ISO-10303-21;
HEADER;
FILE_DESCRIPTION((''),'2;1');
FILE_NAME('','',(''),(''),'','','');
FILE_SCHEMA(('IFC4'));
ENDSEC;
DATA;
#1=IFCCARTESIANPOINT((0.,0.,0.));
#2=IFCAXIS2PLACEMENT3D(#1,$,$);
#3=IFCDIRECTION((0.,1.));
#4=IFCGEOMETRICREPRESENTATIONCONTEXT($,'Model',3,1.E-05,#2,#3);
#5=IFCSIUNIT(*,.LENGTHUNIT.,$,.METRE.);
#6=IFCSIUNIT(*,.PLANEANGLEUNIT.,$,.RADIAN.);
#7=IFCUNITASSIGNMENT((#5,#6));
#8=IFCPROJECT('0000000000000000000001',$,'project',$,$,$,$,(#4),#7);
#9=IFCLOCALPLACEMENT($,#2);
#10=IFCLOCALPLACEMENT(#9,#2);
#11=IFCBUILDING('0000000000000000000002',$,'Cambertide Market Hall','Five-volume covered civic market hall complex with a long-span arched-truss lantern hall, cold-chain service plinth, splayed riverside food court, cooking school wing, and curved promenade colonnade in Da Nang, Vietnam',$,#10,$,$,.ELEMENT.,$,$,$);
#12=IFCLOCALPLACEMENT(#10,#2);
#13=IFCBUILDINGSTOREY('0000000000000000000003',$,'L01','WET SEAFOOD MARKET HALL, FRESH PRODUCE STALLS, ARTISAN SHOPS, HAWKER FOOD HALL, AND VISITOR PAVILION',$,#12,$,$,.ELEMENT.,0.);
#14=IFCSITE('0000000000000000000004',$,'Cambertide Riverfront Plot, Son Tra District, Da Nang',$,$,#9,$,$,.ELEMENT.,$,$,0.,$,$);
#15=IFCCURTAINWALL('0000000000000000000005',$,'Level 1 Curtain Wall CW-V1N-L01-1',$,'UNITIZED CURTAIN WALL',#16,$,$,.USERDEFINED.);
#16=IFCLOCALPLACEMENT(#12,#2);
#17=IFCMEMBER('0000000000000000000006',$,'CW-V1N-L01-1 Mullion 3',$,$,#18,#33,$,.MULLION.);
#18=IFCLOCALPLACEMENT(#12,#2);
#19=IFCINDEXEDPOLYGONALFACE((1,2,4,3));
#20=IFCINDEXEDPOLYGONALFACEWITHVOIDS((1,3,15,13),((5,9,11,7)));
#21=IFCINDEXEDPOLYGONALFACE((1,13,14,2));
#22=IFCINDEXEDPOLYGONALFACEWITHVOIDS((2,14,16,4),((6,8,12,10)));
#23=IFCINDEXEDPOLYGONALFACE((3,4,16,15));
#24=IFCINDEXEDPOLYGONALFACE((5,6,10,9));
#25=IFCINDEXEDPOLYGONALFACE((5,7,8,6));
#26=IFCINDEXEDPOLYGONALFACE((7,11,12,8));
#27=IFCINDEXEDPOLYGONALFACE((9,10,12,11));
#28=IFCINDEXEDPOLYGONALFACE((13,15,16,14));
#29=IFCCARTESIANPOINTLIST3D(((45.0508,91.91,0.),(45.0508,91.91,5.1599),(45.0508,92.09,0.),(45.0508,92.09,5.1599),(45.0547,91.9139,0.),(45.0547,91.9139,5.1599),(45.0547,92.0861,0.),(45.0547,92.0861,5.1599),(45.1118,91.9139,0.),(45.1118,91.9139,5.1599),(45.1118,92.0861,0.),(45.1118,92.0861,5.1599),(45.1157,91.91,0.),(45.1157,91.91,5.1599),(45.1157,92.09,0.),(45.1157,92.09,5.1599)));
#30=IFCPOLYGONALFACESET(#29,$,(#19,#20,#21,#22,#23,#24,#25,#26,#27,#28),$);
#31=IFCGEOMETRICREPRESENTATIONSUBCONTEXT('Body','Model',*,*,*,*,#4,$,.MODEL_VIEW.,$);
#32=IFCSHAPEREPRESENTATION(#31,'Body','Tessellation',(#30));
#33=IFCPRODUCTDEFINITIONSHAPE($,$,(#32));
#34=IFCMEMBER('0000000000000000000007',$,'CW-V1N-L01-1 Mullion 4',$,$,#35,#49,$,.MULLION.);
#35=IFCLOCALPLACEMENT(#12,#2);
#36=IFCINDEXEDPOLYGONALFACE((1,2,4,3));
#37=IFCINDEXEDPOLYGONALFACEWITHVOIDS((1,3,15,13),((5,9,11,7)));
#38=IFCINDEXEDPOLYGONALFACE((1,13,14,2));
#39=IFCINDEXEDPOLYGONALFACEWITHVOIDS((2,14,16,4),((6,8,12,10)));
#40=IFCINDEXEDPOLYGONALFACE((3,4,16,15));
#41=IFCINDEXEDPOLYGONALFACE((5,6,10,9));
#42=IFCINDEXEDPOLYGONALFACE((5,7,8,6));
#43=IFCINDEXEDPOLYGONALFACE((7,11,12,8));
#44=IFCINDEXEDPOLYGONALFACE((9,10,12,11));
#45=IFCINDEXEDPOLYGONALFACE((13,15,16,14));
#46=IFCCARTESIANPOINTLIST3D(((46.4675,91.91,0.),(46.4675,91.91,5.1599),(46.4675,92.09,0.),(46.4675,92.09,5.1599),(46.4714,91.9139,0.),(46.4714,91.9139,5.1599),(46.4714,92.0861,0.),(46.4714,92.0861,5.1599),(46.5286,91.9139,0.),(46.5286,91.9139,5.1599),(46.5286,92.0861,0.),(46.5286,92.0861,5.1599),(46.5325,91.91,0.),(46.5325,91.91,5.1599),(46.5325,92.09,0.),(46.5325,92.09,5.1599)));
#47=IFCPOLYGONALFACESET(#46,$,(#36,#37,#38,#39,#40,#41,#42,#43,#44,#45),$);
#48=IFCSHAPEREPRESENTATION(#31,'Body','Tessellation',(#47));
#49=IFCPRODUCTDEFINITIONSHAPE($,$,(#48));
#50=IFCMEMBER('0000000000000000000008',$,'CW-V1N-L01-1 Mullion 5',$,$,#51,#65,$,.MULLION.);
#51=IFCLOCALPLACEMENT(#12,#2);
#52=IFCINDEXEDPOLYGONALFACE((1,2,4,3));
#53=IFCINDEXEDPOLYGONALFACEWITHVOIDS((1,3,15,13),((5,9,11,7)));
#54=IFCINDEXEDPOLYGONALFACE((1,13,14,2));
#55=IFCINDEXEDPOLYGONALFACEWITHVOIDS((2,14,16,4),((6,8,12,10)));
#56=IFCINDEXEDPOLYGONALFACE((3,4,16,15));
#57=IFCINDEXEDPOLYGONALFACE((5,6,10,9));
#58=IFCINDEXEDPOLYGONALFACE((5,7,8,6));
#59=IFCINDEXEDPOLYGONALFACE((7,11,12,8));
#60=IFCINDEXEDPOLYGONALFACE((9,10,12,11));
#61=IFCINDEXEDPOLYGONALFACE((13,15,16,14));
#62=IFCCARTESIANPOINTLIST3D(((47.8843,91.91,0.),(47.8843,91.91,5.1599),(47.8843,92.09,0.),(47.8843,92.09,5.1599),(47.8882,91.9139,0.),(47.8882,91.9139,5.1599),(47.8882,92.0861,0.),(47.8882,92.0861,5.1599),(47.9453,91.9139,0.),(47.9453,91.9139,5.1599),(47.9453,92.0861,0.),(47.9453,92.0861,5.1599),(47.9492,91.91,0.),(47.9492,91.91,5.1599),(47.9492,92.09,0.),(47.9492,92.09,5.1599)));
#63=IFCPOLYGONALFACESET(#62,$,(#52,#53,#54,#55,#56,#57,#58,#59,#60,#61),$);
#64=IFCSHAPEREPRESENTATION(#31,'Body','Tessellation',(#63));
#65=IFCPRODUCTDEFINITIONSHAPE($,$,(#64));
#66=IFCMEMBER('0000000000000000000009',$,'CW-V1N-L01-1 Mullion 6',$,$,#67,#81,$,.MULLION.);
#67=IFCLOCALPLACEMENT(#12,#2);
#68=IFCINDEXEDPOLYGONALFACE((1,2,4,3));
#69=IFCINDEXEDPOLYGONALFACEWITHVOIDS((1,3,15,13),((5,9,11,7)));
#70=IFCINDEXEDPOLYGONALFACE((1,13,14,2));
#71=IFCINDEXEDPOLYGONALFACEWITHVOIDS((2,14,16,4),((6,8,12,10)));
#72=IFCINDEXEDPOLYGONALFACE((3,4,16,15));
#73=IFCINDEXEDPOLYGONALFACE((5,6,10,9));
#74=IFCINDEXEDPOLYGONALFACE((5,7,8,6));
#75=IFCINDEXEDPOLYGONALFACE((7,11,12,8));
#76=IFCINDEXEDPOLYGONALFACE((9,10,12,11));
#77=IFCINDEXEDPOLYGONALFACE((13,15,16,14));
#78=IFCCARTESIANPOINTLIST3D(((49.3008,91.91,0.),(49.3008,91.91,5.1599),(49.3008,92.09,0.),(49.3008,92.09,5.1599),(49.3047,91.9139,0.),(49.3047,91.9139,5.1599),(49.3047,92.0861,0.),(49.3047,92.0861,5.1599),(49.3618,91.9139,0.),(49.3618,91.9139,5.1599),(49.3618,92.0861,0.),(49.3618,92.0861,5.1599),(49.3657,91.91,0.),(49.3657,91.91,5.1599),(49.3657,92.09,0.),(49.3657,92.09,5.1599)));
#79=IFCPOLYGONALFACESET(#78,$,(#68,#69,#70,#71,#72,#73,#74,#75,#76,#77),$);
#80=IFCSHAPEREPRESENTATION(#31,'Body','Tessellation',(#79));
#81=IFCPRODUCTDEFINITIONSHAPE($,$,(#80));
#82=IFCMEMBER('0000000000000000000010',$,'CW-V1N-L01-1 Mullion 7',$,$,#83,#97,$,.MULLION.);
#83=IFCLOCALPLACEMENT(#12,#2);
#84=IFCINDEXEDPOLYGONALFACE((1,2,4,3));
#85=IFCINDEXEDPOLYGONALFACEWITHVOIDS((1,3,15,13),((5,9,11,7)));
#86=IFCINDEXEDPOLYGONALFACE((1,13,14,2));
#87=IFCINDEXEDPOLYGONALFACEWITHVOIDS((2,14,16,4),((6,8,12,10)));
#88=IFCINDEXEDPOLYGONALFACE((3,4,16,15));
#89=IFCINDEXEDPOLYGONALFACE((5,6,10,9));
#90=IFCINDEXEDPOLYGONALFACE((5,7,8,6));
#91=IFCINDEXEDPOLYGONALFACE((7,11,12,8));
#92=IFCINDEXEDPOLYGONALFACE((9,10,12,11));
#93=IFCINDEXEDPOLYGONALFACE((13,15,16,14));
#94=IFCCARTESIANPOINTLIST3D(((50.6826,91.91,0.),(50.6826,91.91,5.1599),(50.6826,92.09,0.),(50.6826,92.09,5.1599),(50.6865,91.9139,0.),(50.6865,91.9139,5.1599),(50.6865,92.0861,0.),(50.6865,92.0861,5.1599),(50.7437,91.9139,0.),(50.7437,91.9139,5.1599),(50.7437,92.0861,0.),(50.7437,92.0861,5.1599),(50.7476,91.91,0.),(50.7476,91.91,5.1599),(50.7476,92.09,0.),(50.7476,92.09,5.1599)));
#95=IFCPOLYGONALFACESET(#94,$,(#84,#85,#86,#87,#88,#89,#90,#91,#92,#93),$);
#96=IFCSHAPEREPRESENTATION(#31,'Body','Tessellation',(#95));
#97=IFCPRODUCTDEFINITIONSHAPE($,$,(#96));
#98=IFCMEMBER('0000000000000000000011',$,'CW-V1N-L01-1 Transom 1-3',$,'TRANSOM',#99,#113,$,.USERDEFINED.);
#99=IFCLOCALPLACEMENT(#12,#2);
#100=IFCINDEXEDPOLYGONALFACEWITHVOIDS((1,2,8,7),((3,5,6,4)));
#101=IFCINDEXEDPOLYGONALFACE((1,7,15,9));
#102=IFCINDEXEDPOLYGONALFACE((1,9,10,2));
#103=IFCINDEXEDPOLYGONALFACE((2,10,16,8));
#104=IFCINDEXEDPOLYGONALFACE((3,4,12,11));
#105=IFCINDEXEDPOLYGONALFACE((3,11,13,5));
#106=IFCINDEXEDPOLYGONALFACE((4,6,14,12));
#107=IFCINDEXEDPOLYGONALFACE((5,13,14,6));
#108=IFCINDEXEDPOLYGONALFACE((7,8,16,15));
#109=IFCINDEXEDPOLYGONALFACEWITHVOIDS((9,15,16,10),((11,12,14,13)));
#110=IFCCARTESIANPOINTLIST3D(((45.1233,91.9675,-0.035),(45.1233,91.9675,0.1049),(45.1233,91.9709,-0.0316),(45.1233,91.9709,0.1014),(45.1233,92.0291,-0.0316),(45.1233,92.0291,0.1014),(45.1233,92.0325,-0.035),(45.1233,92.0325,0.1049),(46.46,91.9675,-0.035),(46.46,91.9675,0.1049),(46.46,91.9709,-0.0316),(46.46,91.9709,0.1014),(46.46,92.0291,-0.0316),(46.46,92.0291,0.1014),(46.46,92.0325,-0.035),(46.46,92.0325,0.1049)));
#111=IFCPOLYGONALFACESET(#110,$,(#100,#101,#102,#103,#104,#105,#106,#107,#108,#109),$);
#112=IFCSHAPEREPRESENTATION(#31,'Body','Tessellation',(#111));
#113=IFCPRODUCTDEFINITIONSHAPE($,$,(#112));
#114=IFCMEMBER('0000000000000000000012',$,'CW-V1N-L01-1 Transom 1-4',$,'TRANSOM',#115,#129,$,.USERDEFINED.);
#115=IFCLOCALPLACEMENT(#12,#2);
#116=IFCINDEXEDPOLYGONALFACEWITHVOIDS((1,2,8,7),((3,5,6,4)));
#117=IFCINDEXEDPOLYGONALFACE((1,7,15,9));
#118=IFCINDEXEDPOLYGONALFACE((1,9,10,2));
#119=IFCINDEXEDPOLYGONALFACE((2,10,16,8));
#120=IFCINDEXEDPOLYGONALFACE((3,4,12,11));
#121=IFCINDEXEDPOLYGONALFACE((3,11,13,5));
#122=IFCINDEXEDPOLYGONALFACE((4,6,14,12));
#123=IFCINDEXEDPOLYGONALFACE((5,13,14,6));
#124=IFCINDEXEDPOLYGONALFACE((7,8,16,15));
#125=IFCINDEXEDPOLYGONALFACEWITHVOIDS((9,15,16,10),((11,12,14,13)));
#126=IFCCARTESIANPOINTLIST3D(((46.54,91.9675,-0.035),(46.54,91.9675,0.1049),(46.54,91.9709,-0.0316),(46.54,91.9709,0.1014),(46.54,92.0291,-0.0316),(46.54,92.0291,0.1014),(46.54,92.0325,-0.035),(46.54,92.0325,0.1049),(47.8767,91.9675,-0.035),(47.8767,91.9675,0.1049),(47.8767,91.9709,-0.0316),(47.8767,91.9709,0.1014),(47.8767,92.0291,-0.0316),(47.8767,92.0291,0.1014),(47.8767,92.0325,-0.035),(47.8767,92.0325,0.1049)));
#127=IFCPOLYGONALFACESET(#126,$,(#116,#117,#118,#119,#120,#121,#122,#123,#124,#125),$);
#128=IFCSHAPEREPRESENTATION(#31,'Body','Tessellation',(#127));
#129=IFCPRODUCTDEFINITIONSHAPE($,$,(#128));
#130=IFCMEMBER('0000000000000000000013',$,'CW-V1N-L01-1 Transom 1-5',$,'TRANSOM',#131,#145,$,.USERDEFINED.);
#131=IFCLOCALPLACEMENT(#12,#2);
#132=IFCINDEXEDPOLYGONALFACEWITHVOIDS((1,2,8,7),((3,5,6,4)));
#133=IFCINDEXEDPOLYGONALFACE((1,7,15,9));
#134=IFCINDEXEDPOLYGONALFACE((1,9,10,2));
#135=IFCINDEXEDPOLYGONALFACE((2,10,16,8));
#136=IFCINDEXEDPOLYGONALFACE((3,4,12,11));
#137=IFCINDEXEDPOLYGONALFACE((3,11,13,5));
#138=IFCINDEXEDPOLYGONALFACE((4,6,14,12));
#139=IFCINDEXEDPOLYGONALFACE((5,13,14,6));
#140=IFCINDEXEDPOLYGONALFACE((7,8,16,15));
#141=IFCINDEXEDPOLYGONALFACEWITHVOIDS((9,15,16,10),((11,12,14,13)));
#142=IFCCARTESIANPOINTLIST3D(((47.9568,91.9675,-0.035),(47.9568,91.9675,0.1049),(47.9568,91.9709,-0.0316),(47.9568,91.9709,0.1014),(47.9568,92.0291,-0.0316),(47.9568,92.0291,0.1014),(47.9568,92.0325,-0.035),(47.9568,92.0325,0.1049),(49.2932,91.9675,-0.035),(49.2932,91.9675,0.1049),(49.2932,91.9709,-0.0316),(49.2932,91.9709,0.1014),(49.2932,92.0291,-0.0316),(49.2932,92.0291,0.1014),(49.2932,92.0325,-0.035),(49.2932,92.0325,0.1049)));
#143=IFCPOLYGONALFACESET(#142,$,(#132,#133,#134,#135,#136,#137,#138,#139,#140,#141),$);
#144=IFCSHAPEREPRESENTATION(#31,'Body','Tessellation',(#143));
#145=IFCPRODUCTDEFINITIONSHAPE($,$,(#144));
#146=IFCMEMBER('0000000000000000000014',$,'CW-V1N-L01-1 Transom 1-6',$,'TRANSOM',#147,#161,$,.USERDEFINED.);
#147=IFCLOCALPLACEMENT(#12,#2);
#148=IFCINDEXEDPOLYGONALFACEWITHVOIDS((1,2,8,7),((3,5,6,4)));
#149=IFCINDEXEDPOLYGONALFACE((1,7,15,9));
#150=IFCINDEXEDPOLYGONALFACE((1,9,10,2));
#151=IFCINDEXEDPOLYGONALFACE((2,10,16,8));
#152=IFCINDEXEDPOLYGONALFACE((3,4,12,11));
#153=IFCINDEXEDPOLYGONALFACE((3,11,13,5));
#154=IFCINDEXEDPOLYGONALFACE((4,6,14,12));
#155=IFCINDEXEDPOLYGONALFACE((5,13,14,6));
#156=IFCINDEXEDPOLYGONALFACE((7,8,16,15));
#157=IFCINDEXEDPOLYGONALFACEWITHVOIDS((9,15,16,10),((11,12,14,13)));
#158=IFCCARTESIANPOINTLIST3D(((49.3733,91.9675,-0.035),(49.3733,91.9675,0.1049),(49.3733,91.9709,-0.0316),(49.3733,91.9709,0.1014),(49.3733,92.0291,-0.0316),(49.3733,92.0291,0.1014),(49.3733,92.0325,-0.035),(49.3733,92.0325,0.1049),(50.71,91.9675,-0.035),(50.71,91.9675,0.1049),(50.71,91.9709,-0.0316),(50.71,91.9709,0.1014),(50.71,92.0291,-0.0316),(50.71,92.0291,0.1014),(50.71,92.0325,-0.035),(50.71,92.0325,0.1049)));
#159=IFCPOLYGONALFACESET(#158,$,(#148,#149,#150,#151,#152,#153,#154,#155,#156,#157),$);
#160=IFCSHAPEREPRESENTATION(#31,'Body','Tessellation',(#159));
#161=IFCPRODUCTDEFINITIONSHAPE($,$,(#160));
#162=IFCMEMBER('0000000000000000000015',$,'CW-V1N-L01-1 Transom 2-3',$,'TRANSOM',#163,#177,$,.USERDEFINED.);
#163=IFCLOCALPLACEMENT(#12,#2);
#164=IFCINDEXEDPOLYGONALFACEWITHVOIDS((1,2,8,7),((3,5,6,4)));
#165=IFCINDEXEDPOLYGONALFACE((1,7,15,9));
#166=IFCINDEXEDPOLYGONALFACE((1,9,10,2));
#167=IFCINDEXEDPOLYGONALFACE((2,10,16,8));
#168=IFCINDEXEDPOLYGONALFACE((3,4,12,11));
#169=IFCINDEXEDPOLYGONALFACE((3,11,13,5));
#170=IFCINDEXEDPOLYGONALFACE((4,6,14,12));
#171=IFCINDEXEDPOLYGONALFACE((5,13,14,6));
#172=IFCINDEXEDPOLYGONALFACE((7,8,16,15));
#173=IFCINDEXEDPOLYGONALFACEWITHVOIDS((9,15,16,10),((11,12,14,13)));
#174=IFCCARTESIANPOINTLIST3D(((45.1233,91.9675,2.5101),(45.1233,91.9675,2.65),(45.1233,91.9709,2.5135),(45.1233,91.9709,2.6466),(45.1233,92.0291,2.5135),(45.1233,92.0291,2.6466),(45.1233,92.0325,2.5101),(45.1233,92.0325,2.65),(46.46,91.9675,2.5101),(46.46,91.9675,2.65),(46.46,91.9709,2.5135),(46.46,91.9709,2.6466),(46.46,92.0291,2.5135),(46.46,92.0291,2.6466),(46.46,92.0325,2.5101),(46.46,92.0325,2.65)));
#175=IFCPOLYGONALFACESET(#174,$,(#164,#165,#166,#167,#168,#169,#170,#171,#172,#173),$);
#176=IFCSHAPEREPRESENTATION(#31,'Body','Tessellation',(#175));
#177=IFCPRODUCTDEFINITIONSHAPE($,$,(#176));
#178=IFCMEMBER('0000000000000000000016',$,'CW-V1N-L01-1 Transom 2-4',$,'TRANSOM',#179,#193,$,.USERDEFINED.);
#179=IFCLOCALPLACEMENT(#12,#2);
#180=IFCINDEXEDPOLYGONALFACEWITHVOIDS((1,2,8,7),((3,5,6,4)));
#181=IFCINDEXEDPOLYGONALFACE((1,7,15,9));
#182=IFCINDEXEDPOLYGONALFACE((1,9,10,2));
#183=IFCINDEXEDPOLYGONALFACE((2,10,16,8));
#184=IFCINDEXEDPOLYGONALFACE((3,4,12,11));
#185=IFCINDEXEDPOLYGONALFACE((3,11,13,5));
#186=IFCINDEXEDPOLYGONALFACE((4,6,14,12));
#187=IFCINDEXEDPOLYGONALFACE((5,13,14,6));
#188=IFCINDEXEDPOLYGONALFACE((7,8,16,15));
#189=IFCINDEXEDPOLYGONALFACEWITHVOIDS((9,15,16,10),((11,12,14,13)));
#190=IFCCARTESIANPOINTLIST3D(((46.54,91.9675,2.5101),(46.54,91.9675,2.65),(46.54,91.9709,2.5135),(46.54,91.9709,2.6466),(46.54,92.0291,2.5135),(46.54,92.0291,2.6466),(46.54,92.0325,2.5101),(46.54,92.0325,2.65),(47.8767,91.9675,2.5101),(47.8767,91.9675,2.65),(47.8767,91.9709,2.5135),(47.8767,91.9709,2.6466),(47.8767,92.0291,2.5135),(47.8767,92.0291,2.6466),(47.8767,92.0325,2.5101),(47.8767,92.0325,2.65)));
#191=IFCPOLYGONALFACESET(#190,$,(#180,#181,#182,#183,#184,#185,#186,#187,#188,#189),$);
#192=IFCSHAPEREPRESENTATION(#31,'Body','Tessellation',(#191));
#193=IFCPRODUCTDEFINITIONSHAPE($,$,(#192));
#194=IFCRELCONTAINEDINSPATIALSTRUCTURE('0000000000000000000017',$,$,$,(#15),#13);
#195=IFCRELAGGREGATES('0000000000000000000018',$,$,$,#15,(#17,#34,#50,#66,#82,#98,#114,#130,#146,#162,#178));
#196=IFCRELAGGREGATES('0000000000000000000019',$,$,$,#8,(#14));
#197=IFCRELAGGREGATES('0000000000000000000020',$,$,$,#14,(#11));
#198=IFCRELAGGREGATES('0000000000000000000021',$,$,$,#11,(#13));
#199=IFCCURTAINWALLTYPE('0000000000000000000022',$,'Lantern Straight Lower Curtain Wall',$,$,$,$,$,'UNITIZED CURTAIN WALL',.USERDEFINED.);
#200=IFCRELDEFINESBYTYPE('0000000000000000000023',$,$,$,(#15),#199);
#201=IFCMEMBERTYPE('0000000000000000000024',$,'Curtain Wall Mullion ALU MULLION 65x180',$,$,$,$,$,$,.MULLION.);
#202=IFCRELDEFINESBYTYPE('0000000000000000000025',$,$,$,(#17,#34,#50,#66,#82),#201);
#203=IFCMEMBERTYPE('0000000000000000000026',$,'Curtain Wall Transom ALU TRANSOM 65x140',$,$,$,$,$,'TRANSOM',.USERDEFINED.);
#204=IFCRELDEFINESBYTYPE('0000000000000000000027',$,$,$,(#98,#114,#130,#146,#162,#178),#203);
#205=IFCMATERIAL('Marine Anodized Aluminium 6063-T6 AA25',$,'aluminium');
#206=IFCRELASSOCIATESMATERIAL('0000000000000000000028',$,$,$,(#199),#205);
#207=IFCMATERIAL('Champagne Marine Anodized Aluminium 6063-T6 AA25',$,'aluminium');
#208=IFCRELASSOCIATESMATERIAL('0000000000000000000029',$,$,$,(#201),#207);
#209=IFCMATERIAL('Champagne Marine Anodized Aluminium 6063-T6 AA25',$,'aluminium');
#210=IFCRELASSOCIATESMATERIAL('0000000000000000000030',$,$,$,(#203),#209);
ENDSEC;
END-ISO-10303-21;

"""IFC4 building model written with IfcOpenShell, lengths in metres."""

from ifc_helpers import new_model, si_unit, direction, frame, origin, origin_2d, place, context, subcontext, project, spatial, hollow_rectangle, extrude, material, material_profile, profile_set, type_object, element, aggregate, save


model = new_model("IFC4")

# Units and contexts
model_context = context("Model", 3, precision=1e-05, world=origin(), true_north=direction((0.0, 1.0)))
body_context = subcontext(model_context, "Body", "Model", "MODEL_VIEW")
ifc_project = project(units=[si_unit("LENGTHUNIT", "METRE"), si_unit("PLANEANGLEUNIT", "RADIAN")], contexts=[model_context])

# Site, building, storey
site_placement = place(None, origin())
site = spatial("IfcSite", under=ifc_project, at=site_placement, Name="Cambertide Riverfront Plot, Son Tra District, Da Nang", CompositionType="ELEMENT", RefElevation=0.0)
building_placement = place(site_placement, origin())
building = spatial("IfcBuilding", under=site, at=building_placement, Name="Cambertide Market Hall", Description="Five-volume covered civic market hall complex with a long-span arched-truss lantern hall, cold-chain service plinth, splayed riverside food court, cooking school wing, and curved promenade colonnade in Da Nang, Vietnam", CompositionType="ELEMENT")
storey_placement = place(building_placement, origin())
storey = spatial("IfcBuildingStorey", under=building, at=storey_placement, Name="L01", Description="WET SEAFOOD MARKET HALL, FRESH PRODUCE STALLS, ARTISAN SHOPS, HAWKER FOOD HALL, AND VISITOR PAVILION", CompositionType="ELEMENT", Elevation=0.0)

# Curtain wall, members
ifc_material_1 = material(Name="Marine Anodized Aluminium 6063-T6 AA25", Category="aluminium")
curtain_wall_type = type_object("IfcCurtainWallType", Name="Lantern Straight Lower Curtain Wall", ElementType="UNITIZED CURTAIN WALL", PredefinedType="USERDEFINED", material=ifc_material_1)
curtain_wall_placement = place(storey_placement, origin())
curtain_wall = element("IfcCurtainWall", 1, at=curtain_wall_placement, inside=storey, type_object=curtain_wall_type, Name="Level 1 Curtain Wall CW-V1N-L01-1", ObjectType="UNITIZED CURTAIN WALL", PredefinedType="USERDEFINED")
ifc_material_2 = material(Name="Champagne Marine Anodized Aluminium 6063-T6 AA25", Category="aluminium")
ifc_material_profile_1 = material_profile(ifc_material_2, hollow_rectangle(XDim=0.0649, YDim=0.1799, WallThickness=0.0039, at=origin_2d()), Name="ALU MULLION 65x180")
ifc_profile_set_1 = profile_set([ifc_material_profile_1], Name="Champagne Marine Anodized Aluminium 6063-T6 AA25")
member_type_1 = type_object("IfcMemberType", Name="Curtain Wall Mullion ALU MULLION 65x180", PredefinedType="MULLION", material=ifc_profile_set_1)
member_1_placement = place(storey_placement, frame((45.0833, 92.0, 0.0), z_axis=(0.0, 0.0, 1.0), x_axis=(1.0, 0.0, 0.0)))
member_1 = element("IfcMember", 2, at=member_1_placement, type_object=member_type_1, Name="CW-V1N-L01-1 Mullion 3", PredefinedType="MULLION", context=body_context, shape_type="SweptSolid", body=[
    extrude(hollow_rectangle(XDim=0.0649, YDim=0.1799, WallThickness=0.0039, at=origin_2d()), origin(), (0.0, 0.0, 1.0), 5.1599),
])
member_2_placement = place(storey_placement, frame((46.5, 92.0, 0.0), z_axis=(0.0, 0.0, 1.0), x_axis=(1.0, 0.0, 0.0)))
member_2 = element("IfcMember", 3, at=member_2_placement, type_object=member_type_1, Name="CW-V1N-L01-1 Mullion 4", PredefinedType="MULLION", context=body_context, shape_type="SweptSolid", body=[
    extrude(hollow_rectangle(XDim=0.0649, YDim=0.1799, WallThickness=0.0039, at=origin_2d()), origin(), (0.0, 0.0, 1.0), 5.1599),
])
member_3_placement = place(storey_placement, frame((47.9167, 92.0, 0.0), z_axis=(0.0, 0.0, 1.0), x_axis=(1.0, 0.0, 0.0)))
member_3 = element("IfcMember", 4, at=member_3_placement, type_object=member_type_1, Name="CW-V1N-L01-1 Mullion 5", PredefinedType="MULLION", context=body_context, shape_type="SweptSolid", body=[
    extrude(hollow_rectangle(XDim=0.0649, YDim=0.1799, WallThickness=0.0039, at=origin_2d()), origin(), (0.0, 0.0, 1.0), 5.1599),
])
member_4_placement = place(storey_placement, frame((49.3333, 92.0, 0.0), z_axis=(0.0, 0.0, 1.0), x_axis=(1.0, 0.0, 0.0)))
member_4 = element("IfcMember", 5, at=member_4_placement, type_object=member_type_1, Name="CW-V1N-L01-1 Mullion 6", PredefinedType="MULLION", context=body_context, shape_type="SweptSolid", body=[
    extrude(hollow_rectangle(XDim=0.0649, YDim=0.1799, WallThickness=0.0039, at=origin_2d()), origin(), (0.0, 0.0, 1.0), 5.1599),
])
member_5_placement = place(storey_placement, frame((50.7151, 92.0, 0.0), z_axis=(0.0, 0.0, 1.0), x_axis=(1.0, 0.0, 0.0)))
member_5 = element("IfcMember", 6, at=member_5_placement, type_object=member_type_1, Name="CW-V1N-L01-1 Mullion 7", PredefinedType="MULLION", context=body_context, shape_type="SweptSolid", body=[
    extrude(hollow_rectangle(XDim=0.0649, YDim=0.1799, WallThickness=0.0039, at=origin_2d()), origin(), (0.0, 0.0, 1.0), 5.1599),
])
ifc_material_3 = material(Name="Champagne Marine Anodized Aluminium 6063-T6 AA25", Category="aluminium")
ifc_material_profile_2 = material_profile(ifc_material_3, hollow_rectangle(XDim=0.0649, YDim=0.1399, WallThickness=0.0034, at=origin_2d()), Name="ALU TRANSOM 65x140")
ifc_profile_set_2 = profile_set([ifc_material_profile_2], Name="Champagne Marine Anodized Aluminium 6063-T6 AA25")
member_type_2 = type_object("IfcMemberType", Name="Curtain Wall Transom ALU TRANSOM 65x140", ElementType="TRANSOM", PredefinedType="USERDEFINED", material=ifc_profile_set_2)
member_6_placement = place(storey_placement, frame((45.1233, 92.0, 0.0349), z_axis=(1.0, 0.0, 0.0), x_axis=(0.0, 1.0, 0.0)))
member_6 = element("IfcMember", 7, at=member_6_placement, type_object=member_type_2, Name="CW-V1N-L01-1 Transom 1-3", ObjectType="TRANSOM", PredefinedType="USERDEFINED", context=body_context, shape_type="SweptSolid", body=[
    extrude(hollow_rectangle(XDim=0.0649, YDim=0.1399, WallThickness=0.0034, at=origin_2d()), origin(), (0.0, 0.0, 1.0), 1.3367),
])
member_7_placement = place(storey_placement, frame((46.54, 92.0, 0.0349), z_axis=(1.0, 0.0, 0.0), x_axis=(0.0, 1.0, 0.0)))
member_7 = element("IfcMember", 8, at=member_7_placement, type_object=member_type_2, Name="CW-V1N-L01-1 Transom 1-4", ObjectType="TRANSOM", PredefinedType="USERDEFINED", context=body_context, shape_type="SweptSolid", body=[
    extrude(hollow_rectangle(XDim=0.0649, YDim=0.1399, WallThickness=0.0034, at=origin_2d()), origin(), (0.0, 0.0, 1.0), 1.3367),
])
member_8_placement = place(storey_placement, frame((47.9568, 92.0, 0.0349), z_axis=(1.0, 0.0, 0.0), x_axis=(0.0, 1.0, 0.0)))
member_8 = element("IfcMember", 9, at=member_8_placement, type_object=member_type_2, Name="CW-V1N-L01-1 Transom 1-5", ObjectType="TRANSOM", PredefinedType="USERDEFINED", context=body_context, shape_type="SweptSolid", body=[
    extrude(hollow_rectangle(XDim=0.0649, YDim=0.1399, WallThickness=0.0034, at=origin_2d()), origin(), (0.0, 0.0, 1.0), 1.3364),
])
member_9_placement = place(storey_placement, frame((49.3733, 92.0, 0.0349), z_axis=(1.0, 0.0, 0.0), x_axis=(0.0, 1.0, 0.0)))
member_9 = element("IfcMember", 10, at=member_9_placement, type_object=member_type_2, Name="CW-V1N-L01-1 Transom 1-6", ObjectType="TRANSOM", PredefinedType="USERDEFINED", context=body_context, shape_type="SweptSolid", body=[
    extrude(hollow_rectangle(XDim=0.0649, YDim=0.1399, WallThickness=0.0034, at=origin_2d()), origin(), (0.0, 0.0, 1.0), 1.3367),
])
member_10_placement = place(storey_placement, frame((45.1233, 92.0, 2.5801), z_axis=(1.0, 0.0, 0.0), x_axis=(0.0, 1.0, 0.0)))
member_10 = element("IfcMember", 11, at=member_10_placement, type_object=member_type_2, Name="CW-V1N-L01-1 Transom 2-3", ObjectType="TRANSOM", PredefinedType="USERDEFINED", context=body_context, shape_type="SweptSolid", body=[
    extrude(hollow_rectangle(XDim=0.0649, YDim=0.1399, WallThickness=0.0034, at=origin_2d()), origin(), (0.0, 0.0, 1.0), 1.3367),
])
member_11_placement = place(storey_placement, frame((46.54, 92.0, 2.5801), z_axis=(1.0, 0.0, 0.0), x_axis=(0.0, 1.0, 0.0)))
member_11 = element("IfcMember", 12, at=member_11_placement, type_object=member_type_2, Name="CW-V1N-L01-1 Transom 2-4", ObjectType="TRANSOM", PredefinedType="USERDEFINED", context=body_context, shape_type="SweptSolid", body=[
    extrude(hollow_rectangle(XDim=0.0649, YDim=0.1399, WallThickness=0.0034, at=origin_2d()), origin(), (0.0, 0.0, 1.0), 1.3367),
])
aggregate(curtain_wall, [member_1, member_2, member_3, member_4, member_5, member_6, member_7, member_8, member_9, member_10, member_11])

save(model, "model.ifc")
